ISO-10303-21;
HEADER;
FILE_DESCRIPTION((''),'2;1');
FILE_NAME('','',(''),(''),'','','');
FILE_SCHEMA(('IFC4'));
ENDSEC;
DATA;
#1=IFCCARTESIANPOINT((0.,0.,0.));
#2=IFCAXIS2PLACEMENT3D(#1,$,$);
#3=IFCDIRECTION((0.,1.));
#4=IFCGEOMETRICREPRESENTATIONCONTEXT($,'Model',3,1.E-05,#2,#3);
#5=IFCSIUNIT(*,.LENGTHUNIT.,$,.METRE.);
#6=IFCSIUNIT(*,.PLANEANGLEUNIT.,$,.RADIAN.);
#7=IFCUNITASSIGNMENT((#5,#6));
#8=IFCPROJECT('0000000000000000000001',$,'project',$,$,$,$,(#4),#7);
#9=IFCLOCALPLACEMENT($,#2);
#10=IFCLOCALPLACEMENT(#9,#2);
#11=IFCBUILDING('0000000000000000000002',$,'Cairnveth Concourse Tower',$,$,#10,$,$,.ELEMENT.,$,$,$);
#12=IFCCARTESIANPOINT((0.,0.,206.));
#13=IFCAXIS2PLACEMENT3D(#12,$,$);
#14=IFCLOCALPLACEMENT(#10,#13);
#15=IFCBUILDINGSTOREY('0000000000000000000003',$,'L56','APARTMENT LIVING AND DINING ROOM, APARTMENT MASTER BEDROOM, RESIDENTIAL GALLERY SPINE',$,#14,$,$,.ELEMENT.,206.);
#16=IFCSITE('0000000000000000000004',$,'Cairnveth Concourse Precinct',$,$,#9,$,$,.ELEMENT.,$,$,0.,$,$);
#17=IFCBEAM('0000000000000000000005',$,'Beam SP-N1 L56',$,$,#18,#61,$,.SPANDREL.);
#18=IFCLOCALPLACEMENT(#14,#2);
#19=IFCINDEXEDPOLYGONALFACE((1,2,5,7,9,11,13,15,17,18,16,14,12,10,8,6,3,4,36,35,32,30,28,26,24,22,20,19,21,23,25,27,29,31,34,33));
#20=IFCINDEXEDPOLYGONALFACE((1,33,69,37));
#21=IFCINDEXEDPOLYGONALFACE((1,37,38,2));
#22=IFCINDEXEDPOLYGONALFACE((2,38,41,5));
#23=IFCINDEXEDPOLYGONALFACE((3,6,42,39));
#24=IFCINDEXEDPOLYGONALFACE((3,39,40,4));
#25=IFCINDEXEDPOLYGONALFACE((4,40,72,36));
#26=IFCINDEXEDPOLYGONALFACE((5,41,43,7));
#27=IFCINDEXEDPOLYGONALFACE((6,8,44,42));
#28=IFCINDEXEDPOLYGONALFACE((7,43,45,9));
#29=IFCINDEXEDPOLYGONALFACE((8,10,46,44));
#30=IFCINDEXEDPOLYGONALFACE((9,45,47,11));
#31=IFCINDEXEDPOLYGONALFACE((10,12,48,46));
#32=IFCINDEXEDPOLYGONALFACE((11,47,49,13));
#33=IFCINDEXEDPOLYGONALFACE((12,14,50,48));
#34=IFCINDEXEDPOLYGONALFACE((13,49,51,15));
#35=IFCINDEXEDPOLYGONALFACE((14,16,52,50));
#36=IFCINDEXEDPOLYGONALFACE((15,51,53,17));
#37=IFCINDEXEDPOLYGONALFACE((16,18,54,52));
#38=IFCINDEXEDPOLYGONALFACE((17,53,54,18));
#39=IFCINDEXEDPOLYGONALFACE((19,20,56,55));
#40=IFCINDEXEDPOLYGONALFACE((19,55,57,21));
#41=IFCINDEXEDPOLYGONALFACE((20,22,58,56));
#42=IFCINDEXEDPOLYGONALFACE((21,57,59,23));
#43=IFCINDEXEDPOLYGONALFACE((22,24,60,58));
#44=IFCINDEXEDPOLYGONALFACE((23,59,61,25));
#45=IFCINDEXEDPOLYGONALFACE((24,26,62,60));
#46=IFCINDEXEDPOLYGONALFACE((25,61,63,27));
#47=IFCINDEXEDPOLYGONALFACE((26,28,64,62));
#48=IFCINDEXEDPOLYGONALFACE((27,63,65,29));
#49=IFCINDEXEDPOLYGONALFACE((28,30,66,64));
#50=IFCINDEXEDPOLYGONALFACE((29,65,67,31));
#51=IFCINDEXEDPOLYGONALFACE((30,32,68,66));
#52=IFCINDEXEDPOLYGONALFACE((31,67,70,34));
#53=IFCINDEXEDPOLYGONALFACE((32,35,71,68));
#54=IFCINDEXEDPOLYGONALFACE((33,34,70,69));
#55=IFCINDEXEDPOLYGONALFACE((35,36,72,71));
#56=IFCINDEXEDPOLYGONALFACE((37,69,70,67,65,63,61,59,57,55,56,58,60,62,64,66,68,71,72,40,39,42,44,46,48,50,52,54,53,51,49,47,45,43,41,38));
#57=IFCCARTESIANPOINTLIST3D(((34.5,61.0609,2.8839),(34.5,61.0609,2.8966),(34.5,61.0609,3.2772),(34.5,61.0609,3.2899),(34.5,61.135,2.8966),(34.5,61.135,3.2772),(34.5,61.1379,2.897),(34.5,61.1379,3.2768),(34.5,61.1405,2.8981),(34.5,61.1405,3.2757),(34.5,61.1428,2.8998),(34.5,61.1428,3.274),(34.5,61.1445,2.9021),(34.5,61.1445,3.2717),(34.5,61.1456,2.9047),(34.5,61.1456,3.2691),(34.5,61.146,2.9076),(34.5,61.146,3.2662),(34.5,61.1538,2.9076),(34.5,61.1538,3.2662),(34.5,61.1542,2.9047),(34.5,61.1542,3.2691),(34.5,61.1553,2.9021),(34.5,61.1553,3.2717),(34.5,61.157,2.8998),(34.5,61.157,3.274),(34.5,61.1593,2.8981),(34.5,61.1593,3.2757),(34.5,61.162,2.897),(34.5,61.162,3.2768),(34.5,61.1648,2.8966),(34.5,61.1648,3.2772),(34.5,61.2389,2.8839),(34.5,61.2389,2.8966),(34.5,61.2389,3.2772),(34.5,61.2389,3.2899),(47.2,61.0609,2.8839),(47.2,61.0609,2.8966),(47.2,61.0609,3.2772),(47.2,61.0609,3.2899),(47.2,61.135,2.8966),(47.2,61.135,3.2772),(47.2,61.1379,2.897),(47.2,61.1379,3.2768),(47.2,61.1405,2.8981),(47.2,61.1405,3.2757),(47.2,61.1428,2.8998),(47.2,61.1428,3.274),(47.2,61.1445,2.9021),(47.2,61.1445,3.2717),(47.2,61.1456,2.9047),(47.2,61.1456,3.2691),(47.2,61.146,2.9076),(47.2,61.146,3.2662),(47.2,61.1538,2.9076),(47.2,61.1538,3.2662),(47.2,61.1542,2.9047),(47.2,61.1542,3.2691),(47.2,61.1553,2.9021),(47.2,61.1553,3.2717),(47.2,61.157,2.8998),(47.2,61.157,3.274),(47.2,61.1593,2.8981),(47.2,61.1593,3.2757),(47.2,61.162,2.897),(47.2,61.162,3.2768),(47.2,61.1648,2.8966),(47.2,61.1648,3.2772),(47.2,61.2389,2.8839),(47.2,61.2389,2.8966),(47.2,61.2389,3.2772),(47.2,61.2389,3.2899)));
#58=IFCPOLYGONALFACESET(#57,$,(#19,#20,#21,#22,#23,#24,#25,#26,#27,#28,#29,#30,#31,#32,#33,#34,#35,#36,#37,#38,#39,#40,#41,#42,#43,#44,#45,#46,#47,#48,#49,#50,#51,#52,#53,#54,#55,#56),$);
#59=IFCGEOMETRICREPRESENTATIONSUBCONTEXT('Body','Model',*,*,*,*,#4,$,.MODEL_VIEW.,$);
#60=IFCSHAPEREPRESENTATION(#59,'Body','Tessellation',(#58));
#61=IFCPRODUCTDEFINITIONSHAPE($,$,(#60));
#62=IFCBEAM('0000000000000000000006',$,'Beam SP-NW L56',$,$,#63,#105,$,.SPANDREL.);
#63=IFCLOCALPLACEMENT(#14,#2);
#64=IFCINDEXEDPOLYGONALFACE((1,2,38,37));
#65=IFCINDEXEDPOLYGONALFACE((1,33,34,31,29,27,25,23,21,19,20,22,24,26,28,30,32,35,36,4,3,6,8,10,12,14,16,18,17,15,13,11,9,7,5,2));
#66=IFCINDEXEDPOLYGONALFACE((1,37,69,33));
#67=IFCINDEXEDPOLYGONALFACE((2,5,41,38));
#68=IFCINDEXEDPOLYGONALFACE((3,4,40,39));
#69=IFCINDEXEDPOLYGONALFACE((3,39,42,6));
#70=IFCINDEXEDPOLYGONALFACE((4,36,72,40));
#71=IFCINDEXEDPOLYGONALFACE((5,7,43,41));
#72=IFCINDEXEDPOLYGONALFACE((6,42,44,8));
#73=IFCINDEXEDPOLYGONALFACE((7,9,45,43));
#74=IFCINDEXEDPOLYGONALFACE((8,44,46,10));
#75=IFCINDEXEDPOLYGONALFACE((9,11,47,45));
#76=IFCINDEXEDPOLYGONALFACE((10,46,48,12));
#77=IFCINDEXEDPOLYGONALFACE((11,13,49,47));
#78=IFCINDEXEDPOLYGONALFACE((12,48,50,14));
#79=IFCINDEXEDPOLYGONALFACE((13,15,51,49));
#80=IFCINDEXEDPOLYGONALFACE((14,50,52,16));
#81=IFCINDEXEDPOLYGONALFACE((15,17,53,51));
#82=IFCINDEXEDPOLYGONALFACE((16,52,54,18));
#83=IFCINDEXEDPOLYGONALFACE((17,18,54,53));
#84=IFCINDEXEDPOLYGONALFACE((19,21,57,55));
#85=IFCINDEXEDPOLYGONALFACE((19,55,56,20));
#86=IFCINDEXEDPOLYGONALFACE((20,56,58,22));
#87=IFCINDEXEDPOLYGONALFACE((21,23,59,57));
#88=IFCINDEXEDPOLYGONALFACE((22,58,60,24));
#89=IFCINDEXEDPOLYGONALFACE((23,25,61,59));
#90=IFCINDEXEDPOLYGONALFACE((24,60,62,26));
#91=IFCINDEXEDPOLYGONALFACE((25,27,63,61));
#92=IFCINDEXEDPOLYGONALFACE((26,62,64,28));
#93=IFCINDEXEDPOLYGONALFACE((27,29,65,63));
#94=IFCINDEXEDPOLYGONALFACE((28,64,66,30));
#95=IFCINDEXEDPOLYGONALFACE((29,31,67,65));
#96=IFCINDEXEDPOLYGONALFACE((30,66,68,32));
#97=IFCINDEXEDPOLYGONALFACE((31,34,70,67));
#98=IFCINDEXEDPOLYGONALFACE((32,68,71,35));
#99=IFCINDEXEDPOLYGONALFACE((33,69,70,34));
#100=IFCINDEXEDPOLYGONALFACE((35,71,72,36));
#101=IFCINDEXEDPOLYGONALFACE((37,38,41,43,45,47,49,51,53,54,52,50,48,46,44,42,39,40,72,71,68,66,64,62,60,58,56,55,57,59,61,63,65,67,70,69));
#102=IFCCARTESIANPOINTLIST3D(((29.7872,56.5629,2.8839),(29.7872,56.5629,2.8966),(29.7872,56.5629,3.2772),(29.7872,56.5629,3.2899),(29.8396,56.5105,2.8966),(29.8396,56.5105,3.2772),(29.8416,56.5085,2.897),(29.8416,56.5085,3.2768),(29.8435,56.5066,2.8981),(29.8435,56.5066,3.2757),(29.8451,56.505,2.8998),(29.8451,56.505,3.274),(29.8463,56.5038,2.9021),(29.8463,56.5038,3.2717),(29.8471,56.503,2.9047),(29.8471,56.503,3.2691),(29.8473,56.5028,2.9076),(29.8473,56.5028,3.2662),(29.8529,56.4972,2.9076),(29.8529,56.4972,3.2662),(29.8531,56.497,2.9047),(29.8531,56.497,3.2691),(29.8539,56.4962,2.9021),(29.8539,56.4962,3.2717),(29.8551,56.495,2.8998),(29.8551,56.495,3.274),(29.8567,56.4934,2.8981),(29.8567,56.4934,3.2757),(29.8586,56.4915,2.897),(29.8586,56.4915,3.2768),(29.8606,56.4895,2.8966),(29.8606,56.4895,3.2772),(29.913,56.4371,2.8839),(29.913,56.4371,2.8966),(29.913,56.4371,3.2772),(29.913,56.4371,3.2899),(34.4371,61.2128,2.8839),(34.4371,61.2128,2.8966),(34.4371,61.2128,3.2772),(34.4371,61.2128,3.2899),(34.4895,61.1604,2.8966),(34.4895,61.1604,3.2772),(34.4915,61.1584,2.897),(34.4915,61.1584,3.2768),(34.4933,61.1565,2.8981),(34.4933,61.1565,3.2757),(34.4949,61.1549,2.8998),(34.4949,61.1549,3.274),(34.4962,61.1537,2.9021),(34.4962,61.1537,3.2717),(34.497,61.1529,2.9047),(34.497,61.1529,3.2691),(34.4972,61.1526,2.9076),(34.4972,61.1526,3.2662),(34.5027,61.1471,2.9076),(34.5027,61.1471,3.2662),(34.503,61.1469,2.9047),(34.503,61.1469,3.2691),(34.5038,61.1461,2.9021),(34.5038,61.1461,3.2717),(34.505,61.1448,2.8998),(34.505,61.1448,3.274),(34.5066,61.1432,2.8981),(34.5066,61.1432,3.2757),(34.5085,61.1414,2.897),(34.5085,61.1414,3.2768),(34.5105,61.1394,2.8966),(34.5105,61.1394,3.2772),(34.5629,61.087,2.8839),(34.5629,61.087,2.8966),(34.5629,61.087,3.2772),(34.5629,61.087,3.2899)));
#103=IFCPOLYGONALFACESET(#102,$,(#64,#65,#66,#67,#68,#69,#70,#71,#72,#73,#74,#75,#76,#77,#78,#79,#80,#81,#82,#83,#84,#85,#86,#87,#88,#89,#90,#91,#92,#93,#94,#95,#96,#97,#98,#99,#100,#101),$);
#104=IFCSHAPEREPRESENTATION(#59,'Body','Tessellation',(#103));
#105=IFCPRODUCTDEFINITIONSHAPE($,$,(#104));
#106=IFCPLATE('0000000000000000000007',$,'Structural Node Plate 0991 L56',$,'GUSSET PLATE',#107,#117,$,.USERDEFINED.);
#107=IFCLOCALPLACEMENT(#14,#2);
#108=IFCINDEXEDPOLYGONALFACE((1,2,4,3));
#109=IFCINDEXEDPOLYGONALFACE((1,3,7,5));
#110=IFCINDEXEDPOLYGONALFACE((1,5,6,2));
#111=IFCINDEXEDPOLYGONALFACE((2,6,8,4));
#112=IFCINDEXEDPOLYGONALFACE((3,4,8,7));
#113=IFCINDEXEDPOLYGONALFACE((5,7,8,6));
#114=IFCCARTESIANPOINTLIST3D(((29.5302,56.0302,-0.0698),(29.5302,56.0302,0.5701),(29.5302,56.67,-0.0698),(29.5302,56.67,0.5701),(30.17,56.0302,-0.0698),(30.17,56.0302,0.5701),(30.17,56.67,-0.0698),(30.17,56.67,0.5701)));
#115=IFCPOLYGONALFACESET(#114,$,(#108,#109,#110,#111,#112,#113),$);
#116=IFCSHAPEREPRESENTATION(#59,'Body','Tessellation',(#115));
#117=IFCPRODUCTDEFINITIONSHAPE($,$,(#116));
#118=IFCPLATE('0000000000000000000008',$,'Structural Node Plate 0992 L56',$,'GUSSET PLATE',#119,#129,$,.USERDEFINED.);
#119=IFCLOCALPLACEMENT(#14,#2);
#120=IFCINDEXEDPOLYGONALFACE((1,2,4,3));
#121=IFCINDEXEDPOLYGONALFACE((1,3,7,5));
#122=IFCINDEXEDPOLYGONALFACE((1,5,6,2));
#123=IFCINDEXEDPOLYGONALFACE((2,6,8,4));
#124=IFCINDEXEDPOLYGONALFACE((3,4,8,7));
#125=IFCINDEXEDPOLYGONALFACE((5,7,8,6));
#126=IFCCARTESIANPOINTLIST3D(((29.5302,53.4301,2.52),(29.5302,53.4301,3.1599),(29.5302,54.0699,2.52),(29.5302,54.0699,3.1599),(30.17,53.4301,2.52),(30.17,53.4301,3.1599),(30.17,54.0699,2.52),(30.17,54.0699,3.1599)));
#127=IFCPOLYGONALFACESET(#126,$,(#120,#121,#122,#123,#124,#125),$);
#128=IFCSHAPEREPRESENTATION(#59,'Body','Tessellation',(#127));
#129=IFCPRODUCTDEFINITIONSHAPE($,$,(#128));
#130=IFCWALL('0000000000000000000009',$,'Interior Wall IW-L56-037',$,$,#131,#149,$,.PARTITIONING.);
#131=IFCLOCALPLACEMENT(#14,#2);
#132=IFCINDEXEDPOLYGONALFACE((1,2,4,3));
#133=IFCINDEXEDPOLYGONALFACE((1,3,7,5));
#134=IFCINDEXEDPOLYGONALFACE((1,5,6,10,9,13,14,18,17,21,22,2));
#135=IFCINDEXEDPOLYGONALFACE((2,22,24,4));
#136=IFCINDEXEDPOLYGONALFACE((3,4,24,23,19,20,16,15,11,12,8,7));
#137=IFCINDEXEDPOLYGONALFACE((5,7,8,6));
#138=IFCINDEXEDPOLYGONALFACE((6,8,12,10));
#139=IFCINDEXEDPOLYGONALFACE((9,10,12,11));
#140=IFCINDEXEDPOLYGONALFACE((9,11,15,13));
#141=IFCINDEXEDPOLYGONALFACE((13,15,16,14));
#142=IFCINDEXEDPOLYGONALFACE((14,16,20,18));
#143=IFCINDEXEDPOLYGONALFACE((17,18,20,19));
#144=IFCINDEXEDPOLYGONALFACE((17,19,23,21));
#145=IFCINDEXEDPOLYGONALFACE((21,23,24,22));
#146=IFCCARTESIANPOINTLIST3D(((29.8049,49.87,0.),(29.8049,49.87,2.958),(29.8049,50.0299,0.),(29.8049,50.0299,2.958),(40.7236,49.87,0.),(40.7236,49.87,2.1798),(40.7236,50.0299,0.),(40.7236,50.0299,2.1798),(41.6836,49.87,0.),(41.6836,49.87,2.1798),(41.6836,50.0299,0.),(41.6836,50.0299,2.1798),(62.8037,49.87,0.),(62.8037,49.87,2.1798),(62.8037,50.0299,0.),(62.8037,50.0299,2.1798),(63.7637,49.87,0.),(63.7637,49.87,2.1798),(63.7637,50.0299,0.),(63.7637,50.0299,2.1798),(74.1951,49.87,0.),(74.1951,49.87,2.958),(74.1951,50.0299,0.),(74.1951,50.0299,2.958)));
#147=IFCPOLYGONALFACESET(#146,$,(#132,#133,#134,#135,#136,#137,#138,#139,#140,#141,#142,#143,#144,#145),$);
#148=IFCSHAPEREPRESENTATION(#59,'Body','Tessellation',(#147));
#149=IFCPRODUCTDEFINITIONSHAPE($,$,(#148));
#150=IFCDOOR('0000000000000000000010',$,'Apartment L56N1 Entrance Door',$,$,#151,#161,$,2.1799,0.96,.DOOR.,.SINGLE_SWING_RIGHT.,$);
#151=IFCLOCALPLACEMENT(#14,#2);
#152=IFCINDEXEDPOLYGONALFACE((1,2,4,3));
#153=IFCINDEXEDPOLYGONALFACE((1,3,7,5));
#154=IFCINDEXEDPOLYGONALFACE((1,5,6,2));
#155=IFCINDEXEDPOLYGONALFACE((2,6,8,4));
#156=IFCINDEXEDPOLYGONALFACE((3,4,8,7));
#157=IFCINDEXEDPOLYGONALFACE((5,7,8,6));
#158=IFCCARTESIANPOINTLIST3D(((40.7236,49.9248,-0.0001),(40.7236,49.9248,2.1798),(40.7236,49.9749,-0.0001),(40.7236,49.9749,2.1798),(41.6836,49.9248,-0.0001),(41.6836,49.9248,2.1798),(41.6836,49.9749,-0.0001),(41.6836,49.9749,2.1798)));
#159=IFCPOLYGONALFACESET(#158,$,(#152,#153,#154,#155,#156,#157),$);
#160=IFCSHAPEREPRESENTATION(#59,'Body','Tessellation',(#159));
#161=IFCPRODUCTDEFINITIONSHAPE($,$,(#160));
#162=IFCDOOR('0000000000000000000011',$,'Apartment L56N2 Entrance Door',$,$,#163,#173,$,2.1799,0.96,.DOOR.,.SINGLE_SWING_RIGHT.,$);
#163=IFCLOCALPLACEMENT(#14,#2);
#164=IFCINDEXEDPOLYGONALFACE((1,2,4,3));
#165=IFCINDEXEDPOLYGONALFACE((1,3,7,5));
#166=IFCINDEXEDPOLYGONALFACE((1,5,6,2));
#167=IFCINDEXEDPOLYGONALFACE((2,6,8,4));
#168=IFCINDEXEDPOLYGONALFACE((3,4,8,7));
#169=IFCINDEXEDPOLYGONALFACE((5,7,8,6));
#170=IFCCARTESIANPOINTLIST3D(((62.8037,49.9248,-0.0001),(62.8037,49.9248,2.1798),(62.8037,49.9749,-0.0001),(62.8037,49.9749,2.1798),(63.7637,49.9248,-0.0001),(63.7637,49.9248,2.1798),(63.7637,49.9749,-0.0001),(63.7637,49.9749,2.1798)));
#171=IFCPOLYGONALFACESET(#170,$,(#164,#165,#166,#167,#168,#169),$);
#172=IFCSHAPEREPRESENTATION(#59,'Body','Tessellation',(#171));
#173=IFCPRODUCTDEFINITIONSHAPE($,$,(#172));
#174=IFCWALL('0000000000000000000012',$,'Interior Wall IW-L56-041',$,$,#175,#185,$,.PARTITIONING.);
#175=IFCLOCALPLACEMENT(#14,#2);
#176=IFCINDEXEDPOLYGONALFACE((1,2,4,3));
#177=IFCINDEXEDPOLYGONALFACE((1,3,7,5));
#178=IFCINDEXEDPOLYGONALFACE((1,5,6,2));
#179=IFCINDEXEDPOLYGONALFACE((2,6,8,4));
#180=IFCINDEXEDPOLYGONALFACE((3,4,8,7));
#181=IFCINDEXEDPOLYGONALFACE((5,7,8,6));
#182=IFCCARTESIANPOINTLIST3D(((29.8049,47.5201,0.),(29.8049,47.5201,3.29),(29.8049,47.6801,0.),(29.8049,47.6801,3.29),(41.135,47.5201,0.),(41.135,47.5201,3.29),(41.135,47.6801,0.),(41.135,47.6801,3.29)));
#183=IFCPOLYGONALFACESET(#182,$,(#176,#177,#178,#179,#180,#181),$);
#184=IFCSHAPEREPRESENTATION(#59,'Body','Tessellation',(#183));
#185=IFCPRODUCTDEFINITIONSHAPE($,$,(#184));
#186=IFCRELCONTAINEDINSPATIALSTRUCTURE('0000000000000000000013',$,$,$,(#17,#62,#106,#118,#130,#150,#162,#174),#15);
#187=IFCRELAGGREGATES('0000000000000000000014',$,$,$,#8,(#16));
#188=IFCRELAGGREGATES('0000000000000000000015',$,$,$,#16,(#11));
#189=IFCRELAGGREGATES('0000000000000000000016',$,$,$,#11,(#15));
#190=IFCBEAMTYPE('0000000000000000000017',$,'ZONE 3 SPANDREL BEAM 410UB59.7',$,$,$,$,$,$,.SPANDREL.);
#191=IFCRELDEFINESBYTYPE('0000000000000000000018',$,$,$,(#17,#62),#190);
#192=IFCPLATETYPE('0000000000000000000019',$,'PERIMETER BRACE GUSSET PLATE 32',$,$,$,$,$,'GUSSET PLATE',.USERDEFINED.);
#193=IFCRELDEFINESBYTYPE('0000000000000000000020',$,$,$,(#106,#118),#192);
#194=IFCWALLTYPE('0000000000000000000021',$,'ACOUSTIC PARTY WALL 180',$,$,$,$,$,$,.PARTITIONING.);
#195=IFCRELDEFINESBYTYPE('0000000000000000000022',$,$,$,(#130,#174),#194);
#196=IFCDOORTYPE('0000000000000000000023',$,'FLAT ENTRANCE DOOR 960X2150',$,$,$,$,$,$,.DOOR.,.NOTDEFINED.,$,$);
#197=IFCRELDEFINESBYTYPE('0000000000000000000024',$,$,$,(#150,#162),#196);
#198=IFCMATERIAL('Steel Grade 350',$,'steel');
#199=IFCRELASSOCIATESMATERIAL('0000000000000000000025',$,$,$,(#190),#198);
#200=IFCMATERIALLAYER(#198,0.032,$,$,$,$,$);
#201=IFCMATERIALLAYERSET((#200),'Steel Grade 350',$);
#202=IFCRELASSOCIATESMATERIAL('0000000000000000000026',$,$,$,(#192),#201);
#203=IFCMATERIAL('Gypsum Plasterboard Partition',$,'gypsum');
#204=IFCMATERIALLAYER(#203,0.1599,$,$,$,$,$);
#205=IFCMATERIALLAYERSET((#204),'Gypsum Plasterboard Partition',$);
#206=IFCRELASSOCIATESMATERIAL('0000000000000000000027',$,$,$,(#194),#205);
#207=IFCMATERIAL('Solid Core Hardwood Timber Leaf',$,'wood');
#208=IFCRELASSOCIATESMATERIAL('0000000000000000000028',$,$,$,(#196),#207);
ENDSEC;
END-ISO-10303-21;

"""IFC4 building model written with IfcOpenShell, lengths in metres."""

from ifc_helpers import new_model, si_unit, direction, frame, frame_2d, origin, origin_2d, place, context, subcontext, project, spatial, rectangle, i_section, extrude, material, layer, layer_set, material_profile, profile_set, type_object, element, fill, save


model = new_model("IFC4")

# Units and contexts
model_context = context("Model", 3, precision=1e-05, world=origin(), true_north=direction((0.0, 1.0)))
body_context = subcontext(model_context, "Body", "Model", "MODEL_VIEW")
ifc_project = project(units=[si_unit("LENGTHUNIT", "METRE"), si_unit("PLANEANGLEUNIT", "RADIAN")], contexts=[model_context])

# Site, building, storey
site_placement = place(None, origin())
site = spatial("IfcSite", under=ifc_project, at=site_placement, Name="Cairnveth Concourse Precinct", CompositionType="ELEMENT", RefElevation=0.0)
building_placement = place(site_placement, origin())
building = spatial("IfcBuilding", under=site, at=building_placement, Name="Cairnveth Concourse Tower", CompositionType="ELEMENT")
storey_placement = place(building_placement, frame((0.0, 0.0, 206.0)))
storey = spatial("IfcBuildingStorey", under=building, at=storey_placement, Name="L56", Description="APARTMENT LIVING AND DINING ROOM, APARTMENT MASTER BEDROOM, RESIDENTIAL GALLERY SPINE", CompositionType="ELEMENT", Elevation=206.0)

# Shared definitions
ifc_material_1 = material(Name="Steel Grade 350", Category="steel")

# Beams
ifc_material_profile_1 = material_profile(ifc_material_1, i_section(OverallWidth=0.178, OverallDepth=0.406, WebThickness=0.0078, FlangeThickness=0.0127, FilletRadius=0.011, at=origin_2d()), Name="410UB59.7")
ifc_profile_set_1 = profile_set([ifc_material_profile_1], Name="Steel Grade 350")
beam_type_1 = type_object("IfcBeamType", Name="ZONE 3 SPANDREL BEAM 410UB59.7", PredefinedType="SPANDREL", material=ifc_profile_set_1)
beam_1_placement = place(storey_placement, frame((34.5, 61.1499, 3.0869), z_axis=(1.0, 0.0, 0.0), x_axis=(0.0, 1.0, 0.0)))
element("IfcBeam", 1, at=beam_1_placement, inside=storey, type_object=beam_type_1, Name="Beam SP-N1 L56", PredefinedType="SPANDREL", context=body_context, shape_type="SweptSolid", body=[
    extrude(i_section(OverallWidth=0.178, OverallDepth=0.406, WebThickness=0.0078, FlangeThickness=0.0127, FilletRadius=0.011, at=origin_2d()), origin(), (0.0, 0.0, 1.0), 12.7),
])
beam_2_placement = place(storey_placement, frame((29.8501, 56.5, 3.0869), z_axis=(0.707107, 0.707107, 0.0), x_axis=(-0.707107, 0.707107, 0.0)))
element("IfcBeam", 2, at=beam_2_placement, inside=storey, type_object=beam_type_1, Name="Beam SP-NW L56", PredefinedType="SPANDREL", context=body_context, shape_type="SweptSolid", body=[
    extrude(i_section(OverallWidth=0.178, OverallDepth=0.406, WebThickness=0.0078, FlangeThickness=0.0127, FilletRadius=0.011, at=origin_2d()), origin(), (0.0, 0.0, 1.0), 6.5759),
])

# Plates
ifc_layer_1 = layer(ifc_material_1, 0.032)
ifc_layer_set_1 = layer_set([ifc_layer_1], Name="Steel Grade 350")
plate_type = type_object("IfcPlateType", Name="PERIMETER BRACE GUSSET PLATE 32", ElementType="GUSSET PLATE", PredefinedType="USERDEFINED", material=ifc_layer_set_1)
for number, where, z_axis, x_axis, name in (
    (3, (29.8501, 56.3501, -0.0698), (0.0, 0.0, 1.0), (1.0, 0.0, 0.0), "Structural Node Plate 0991 L56"),
    (4, (29.8501, 53.75, 2.52), (0.0, 0.0, 1.0), (1.0, 0.0, 0.0), "Structural Node Plate 0992 L56"),
):
    element("IfcPlate", number, at=place(storey_placement, frame(where, z_axis=z_axis, x_axis=x_axis)), inside=storey, type_object=plate_type, Name=name, ObjectType="GUSSET PLATE", PredefinedType="USERDEFINED", context=body_context, shape_type="SweptSolid", body=[
        extrude(rectangle(XDim=0.6399, YDim=0.6399, at=origin_2d()), origin(), (0.0, 0.0, 1.0), 0.6399),
    ])

# Wall, openings, doors
ifc_material_2 = material(Name="Gypsum Plasterboard Partition", Category="gypsum")
ifc_layer_2 = layer(ifc_material_2, 0.1599)
ifc_layer_set_2 = layer_set([ifc_layer_2], Name="Gypsum Plasterboard Partition")
wall_type_1 = type_object("IfcWallType", Name="ACOUSTIC PARTY WALL 180", PredefinedType="PARTITIONING", material=ifc_layer_set_2)
wall_1_placement = place(storey_placement, frame((29.8049, 49.95, 0.0), z_axis=(0.0, 0.0, 1.0), x_axis=(1.0, 0.0, 0.0)))
wall_1 = element("IfcWall", 5, at=wall_1_placement, inside=storey, type_object=wall_type_1, Name="Interior Wall IW-L56-037", PredefinedType="PARTITIONING", context=body_context, shape_type="SweptSolid", body=[
    extrude(rectangle(XDim=44.3901, YDim=0.1599, at=frame_2d((22.1951, 0.0))), origin(), (0.0, 0.0, 1.0), 2.958),
])
opening_1_placement = place(wall_1_placement, frame((10.9187, 0.0, 0.0)))
opening_1 = element("IfcOpeningElement", 6, at=opening_1_placement, cuts=wall_1, PredefinedType="OPENING", context=body_context, shape_type="SweptSolid", body=[
    extrude(rectangle(XDim=0.96, YDim=2.1799, at=frame_2d((0.48, 1.0898))), frame((0.0, 0.0898, 0.0), z_axis=(0.0, -1.0, 0.0), x_axis=(1.0, 0.0, 0.0)), (0.0, 0.0, 1.0), 0.1799),
])
opening_2_placement = place(wall_1_placement, frame((32.9988, 0.0, 0.0)))
opening_2 = element("IfcOpeningElement", 7, at=opening_2_placement, cuts=wall_1, PredefinedType="OPENING", context=body_context, shape_type="SweptSolid", body=[
    extrude(rectangle(XDim=0.96, YDim=2.1799, at=frame_2d((0.48, 1.0898))), frame((0.0, 0.0898, 0.0), z_axis=(0.0, -1.0, 0.0), x_axis=(1.0, 0.0, 0.0)), (0.0, 0.0, 1.0), 0.1799),
])
ifc_material_3 = material(Name="Solid Core Hardwood Timber Leaf", Category="wood")
door_type_1 = type_object("IfcDoorType", Name="FLAT ENTRANCE DOOR 960X2150", OperationType="NOTDEFINED", PredefinedType="DOOR", material=ifc_material_3)
door_1_placement = place(opening_1_placement, origin())
door_1 = element("IfcDoor", 8, at=door_1_placement, inside=storey, type_object=door_type_1, Name="Apartment L56N1 Entrance Door", OperationType="SINGLE_SWING_RIGHT", OverallHeight=2.1799, OverallWidth=0.96, PredefinedType="DOOR", context=body_context, shape_type="SweptSolid", body=[
    extrude(rectangle(XDim=0.96, YDim=2.1799, at=frame_2d((0.48, 1.0898))), frame((0.0, 0.0249, 0.0), z_axis=(0.0, -1.0, 0.0), x_axis=(1.0, 0.0, 0.0)), (0.0, 0.0, 1.0), 0.05),
])
fill(opening_1, door_1)
door_2_placement = place(opening_2_placement, origin())
door_2 = element("IfcDoor", 9, at=door_2_placement, inside=storey, type_object=door_type_1, Name="Apartment L56N2 Entrance Door", OperationType="SINGLE_SWING_RIGHT", OverallHeight=2.1799, OverallWidth=0.96, PredefinedType="DOOR", context=body_context, shape_type="SweptSolid", body=[
    extrude(rectangle(XDim=0.96, YDim=2.1799, at=frame_2d((0.48, 1.0898))), frame((0.0, 0.0249, 0.0), z_axis=(0.0, -1.0, 0.0), x_axis=(1.0, 0.0, 0.0)), (0.0, 0.0, 1.0), 0.05),
])
fill(opening_2, door_2)

# Wall
wall_2_placement = place(storey_placement, frame((29.8049, 47.6001, 0.0), z_axis=(0.0, 0.0, 1.0), x_axis=(1.0, 0.0, 0.0)))
element("IfcWall", 10, at=wall_2_placement, inside=storey, type_object=wall_type_1, Name="Interior Wall IW-L56-041", PredefinedType="PARTITIONING", context=body_context, shape_type="SweptSolid", body=[
    extrude(rectangle(XDim=11.3301, YDim=0.1599, at=frame_2d((5.665, 0.0))), origin(), (0.0, 0.0, 1.0), 3.29),
])

save(model, "model.ifc")
